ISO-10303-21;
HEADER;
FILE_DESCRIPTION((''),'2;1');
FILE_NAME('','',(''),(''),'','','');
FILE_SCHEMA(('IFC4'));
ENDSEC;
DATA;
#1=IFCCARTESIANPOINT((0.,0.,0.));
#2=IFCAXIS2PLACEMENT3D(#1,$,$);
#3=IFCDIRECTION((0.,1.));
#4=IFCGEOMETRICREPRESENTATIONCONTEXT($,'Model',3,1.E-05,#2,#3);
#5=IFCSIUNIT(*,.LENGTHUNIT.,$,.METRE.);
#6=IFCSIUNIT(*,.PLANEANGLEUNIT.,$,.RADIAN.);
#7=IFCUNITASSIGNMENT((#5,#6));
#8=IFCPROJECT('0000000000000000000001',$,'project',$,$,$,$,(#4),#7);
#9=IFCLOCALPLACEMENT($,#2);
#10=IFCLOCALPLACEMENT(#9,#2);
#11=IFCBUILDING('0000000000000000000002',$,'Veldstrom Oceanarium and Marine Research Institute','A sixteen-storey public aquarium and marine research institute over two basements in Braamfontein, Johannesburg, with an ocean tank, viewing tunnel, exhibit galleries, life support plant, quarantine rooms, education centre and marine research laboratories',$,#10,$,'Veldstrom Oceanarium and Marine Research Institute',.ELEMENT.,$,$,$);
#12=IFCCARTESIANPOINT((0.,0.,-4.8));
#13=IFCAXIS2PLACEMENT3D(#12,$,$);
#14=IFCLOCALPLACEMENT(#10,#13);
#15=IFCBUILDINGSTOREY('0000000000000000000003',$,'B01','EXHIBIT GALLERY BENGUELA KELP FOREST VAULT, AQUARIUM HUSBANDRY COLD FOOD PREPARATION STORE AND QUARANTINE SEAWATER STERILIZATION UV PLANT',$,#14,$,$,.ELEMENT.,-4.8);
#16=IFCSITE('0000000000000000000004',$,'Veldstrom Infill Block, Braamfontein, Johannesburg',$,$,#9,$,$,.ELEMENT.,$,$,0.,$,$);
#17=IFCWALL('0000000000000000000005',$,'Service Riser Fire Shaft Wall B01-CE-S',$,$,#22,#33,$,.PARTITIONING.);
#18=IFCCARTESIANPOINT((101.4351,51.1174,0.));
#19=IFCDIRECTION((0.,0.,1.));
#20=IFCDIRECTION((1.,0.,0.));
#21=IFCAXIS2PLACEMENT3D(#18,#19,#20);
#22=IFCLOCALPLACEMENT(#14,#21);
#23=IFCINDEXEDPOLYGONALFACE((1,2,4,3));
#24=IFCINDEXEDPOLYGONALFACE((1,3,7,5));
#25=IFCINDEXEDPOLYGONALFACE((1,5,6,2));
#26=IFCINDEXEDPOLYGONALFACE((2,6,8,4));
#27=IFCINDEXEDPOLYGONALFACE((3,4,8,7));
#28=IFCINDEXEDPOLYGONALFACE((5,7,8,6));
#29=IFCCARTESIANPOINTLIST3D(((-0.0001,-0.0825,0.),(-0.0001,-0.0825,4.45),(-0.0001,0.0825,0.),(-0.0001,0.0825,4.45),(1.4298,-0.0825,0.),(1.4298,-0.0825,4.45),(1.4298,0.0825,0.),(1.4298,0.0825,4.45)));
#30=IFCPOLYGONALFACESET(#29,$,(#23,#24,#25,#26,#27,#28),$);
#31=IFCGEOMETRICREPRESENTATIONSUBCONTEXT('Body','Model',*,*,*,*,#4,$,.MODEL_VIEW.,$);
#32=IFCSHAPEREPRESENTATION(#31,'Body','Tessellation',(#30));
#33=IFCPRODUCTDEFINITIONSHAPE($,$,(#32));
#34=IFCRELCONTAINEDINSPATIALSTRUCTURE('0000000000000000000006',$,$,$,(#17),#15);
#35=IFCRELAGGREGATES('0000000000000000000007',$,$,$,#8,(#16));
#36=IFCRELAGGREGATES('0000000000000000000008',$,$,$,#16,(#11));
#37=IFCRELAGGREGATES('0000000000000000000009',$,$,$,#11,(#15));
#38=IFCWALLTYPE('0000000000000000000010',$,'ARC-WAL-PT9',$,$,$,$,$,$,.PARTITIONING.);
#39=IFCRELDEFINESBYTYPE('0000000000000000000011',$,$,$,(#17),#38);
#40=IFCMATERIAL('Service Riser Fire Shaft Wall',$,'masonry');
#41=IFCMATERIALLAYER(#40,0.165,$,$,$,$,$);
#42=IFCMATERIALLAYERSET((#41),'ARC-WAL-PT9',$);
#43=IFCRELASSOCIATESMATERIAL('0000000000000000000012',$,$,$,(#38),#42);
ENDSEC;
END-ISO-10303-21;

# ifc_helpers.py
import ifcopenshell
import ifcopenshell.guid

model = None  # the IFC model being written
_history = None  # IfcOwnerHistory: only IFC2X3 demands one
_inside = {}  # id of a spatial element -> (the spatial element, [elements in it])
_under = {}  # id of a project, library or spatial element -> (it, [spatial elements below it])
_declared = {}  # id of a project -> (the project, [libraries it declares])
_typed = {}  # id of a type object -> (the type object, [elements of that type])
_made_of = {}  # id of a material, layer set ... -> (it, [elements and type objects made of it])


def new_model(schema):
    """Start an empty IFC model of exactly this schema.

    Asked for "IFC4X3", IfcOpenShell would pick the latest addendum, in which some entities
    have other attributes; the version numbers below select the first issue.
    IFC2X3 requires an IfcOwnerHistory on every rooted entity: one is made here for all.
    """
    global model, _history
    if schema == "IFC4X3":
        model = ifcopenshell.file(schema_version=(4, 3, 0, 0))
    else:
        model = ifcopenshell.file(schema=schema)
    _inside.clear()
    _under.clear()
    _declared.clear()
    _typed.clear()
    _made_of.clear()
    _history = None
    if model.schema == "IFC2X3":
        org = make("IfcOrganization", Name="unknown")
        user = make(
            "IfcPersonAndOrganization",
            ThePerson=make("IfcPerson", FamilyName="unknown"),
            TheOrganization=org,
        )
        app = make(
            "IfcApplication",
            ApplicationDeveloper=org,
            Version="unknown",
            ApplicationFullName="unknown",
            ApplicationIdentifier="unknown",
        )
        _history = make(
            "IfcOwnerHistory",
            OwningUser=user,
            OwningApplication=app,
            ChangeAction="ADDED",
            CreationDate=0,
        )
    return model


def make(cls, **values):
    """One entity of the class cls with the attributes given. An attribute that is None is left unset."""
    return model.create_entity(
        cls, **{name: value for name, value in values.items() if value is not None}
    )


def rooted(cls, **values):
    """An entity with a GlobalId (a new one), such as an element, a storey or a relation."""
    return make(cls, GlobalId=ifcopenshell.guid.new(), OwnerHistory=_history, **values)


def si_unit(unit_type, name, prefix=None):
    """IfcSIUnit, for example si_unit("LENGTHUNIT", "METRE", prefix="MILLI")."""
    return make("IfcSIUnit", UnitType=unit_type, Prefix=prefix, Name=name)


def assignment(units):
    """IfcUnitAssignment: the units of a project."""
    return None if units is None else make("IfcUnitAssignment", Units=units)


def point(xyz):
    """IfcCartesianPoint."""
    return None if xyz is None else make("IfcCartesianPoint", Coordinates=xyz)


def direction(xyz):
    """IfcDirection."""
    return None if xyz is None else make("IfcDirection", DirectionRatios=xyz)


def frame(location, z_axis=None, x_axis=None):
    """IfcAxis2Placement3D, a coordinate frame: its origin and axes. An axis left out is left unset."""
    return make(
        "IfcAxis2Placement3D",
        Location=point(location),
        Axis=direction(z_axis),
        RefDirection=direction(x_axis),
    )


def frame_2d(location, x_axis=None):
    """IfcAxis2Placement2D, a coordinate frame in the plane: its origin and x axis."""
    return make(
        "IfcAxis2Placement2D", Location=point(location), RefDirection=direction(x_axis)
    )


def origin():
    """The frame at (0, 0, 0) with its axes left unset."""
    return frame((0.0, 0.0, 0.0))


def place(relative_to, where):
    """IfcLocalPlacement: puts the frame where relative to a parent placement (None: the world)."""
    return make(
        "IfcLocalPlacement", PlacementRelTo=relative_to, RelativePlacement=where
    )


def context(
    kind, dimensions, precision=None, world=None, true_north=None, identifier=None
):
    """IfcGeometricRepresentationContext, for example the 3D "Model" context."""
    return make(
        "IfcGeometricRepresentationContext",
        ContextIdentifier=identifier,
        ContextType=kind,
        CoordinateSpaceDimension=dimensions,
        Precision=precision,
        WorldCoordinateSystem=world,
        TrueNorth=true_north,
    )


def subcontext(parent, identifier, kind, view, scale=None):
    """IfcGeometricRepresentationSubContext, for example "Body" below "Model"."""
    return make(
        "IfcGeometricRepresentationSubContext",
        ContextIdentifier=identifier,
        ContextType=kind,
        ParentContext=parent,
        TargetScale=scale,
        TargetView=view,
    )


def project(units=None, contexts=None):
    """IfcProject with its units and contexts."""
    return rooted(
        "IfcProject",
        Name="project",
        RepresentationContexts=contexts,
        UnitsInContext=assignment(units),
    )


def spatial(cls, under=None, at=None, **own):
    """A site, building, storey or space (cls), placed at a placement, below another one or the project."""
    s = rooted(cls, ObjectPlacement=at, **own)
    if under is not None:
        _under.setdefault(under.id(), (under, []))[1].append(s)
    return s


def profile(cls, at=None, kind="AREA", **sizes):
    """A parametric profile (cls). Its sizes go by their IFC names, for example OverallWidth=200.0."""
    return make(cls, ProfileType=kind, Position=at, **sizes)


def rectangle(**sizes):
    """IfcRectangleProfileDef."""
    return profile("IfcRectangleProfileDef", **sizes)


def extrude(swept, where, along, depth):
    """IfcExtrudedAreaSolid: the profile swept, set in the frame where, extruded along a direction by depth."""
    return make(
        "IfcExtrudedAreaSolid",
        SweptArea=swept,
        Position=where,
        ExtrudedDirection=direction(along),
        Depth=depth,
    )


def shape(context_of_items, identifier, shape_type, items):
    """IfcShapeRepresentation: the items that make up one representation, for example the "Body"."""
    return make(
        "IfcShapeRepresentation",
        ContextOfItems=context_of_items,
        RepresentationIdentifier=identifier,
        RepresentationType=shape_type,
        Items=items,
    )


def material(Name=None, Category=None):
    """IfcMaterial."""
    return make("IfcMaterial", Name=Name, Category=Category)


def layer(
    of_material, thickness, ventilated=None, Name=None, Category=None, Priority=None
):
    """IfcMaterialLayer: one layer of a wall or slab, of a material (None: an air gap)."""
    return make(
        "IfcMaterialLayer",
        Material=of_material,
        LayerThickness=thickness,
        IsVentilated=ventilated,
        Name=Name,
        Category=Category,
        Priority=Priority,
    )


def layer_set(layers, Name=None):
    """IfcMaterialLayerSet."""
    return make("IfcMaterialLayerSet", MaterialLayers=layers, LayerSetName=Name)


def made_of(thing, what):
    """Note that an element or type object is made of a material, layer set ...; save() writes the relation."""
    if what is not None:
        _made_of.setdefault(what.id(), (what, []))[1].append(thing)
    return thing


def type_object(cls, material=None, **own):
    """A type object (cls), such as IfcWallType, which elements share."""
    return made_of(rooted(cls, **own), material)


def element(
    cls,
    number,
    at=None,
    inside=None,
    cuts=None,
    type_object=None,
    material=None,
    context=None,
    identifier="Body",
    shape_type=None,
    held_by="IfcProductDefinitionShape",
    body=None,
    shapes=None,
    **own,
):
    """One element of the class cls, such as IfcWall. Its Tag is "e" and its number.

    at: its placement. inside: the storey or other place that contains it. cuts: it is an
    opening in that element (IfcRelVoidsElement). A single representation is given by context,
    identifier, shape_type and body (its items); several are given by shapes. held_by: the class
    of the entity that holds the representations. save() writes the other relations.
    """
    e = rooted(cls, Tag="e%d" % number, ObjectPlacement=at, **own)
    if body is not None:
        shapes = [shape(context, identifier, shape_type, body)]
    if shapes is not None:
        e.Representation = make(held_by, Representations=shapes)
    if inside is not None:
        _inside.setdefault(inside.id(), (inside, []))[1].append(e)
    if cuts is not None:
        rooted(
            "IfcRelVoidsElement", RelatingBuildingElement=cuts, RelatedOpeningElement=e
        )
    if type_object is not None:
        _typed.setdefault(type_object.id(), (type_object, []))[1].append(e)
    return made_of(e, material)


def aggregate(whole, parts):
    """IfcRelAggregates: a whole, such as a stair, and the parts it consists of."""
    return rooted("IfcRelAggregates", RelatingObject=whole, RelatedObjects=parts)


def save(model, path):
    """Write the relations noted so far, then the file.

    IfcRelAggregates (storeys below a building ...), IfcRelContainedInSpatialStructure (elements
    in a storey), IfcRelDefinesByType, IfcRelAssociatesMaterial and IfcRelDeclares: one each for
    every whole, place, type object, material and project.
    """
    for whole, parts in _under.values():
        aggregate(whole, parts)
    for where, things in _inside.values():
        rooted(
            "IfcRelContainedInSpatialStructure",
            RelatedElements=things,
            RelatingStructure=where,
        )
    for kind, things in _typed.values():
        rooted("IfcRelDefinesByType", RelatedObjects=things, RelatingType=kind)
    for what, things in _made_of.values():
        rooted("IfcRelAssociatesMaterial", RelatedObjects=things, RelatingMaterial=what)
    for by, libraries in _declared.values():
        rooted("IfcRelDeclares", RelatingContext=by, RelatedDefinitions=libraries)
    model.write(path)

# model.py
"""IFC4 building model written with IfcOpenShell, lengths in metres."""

from ifc_helpers import new_model, si_unit, direction, frame, frame_2d, origin, place, context, subcontext, project, spatial, rectangle, extrude, material, layer, layer_set, type_object, element, save


model = new_model("IFC4")

# Units and contexts
model_context = context("Model", 3, precision=1e-05, world=origin(), true_north=direction((0.0, 1.0)))
body_context = subcontext(model_context, "Body", "Model", "MODEL_VIEW")
ifc_project = project(units=[si_unit("LENGTHUNIT", "METRE"), si_unit("PLANEANGLEUNIT", "RADIAN")], contexts=[model_context])

# Site, building, storey
site_placement = place(None, origin())
site = spatial("IfcSite", under=ifc_project, at=site_placement, Name="Veldstrom Infill Block, Braamfontein, Johannesburg", CompositionType="ELEMENT", RefElevation=0.0)
building_placement = place(site_placement, origin())
building = spatial("IfcBuilding", under=site, at=building_placement, Name="Veldstrom Oceanarium and Marine Research Institute", Description="A sixteen-storey public aquarium and marine research institute over two basements in Braamfontein, Johannesburg, with an ocean tank, viewing tunnel, exhibit galleries, life support plant, quarantine rooms, education centre and marine research laboratories", LongName="Veldstrom Oceanarium and Marine Research Institute", CompositionType="ELEMENT")
storey_placement = place(building_placement, frame((0.0, 0.0, -4.8)))
storey = spatial("IfcBuildingStorey", under=building, at=storey_placement, Name="B01", Description="EXHIBIT GALLERY BENGUELA KELP FOREST VAULT, AQUARIUM HUSBANDRY COLD FOOD PREPARATION STORE AND QUARANTINE SEAWATER STERILIZATION UV PLANT", CompositionType="ELEMENT", Elevation=-4.8)

# Wall
ifc_material_1 = material(Name="Service Riser Fire Shaft Wall", Category="masonry")
ifc_layer_1 = layer(ifc_material_1, 0.165)
ifc_layer_set_1 = layer_set([ifc_layer_1], Name="ARC-WAL-PT9")
wall_type_1 = type_object("IfcWallType", Name="ARC-WAL-PT9", PredefinedType="PARTITIONING", material=ifc_layer_set_1)
wall_1_placement = place(storey_placement, frame((101.4351, 51.1174, 0.0), z_axis=(0.0, 0.0, 1.0), x_axis=(1.0, 0.0, 0.0)))
element("IfcWall", 1, at=wall_1_placement, inside=storey, type_object=wall_type_1, Name="Service Riser Fire Shaft Wall B01-CE-S", PredefinedType="PARTITIONING", context=body_context, shape_type="SweptSolid", body=[
    extrude(rectangle(XDim=1.4299, YDim=0.165, at=frame_2d((0.7148, 0.0))), origin(), (0.0, 0.0, 1.0), 4.45),
])

save(model, "model.ifc")
